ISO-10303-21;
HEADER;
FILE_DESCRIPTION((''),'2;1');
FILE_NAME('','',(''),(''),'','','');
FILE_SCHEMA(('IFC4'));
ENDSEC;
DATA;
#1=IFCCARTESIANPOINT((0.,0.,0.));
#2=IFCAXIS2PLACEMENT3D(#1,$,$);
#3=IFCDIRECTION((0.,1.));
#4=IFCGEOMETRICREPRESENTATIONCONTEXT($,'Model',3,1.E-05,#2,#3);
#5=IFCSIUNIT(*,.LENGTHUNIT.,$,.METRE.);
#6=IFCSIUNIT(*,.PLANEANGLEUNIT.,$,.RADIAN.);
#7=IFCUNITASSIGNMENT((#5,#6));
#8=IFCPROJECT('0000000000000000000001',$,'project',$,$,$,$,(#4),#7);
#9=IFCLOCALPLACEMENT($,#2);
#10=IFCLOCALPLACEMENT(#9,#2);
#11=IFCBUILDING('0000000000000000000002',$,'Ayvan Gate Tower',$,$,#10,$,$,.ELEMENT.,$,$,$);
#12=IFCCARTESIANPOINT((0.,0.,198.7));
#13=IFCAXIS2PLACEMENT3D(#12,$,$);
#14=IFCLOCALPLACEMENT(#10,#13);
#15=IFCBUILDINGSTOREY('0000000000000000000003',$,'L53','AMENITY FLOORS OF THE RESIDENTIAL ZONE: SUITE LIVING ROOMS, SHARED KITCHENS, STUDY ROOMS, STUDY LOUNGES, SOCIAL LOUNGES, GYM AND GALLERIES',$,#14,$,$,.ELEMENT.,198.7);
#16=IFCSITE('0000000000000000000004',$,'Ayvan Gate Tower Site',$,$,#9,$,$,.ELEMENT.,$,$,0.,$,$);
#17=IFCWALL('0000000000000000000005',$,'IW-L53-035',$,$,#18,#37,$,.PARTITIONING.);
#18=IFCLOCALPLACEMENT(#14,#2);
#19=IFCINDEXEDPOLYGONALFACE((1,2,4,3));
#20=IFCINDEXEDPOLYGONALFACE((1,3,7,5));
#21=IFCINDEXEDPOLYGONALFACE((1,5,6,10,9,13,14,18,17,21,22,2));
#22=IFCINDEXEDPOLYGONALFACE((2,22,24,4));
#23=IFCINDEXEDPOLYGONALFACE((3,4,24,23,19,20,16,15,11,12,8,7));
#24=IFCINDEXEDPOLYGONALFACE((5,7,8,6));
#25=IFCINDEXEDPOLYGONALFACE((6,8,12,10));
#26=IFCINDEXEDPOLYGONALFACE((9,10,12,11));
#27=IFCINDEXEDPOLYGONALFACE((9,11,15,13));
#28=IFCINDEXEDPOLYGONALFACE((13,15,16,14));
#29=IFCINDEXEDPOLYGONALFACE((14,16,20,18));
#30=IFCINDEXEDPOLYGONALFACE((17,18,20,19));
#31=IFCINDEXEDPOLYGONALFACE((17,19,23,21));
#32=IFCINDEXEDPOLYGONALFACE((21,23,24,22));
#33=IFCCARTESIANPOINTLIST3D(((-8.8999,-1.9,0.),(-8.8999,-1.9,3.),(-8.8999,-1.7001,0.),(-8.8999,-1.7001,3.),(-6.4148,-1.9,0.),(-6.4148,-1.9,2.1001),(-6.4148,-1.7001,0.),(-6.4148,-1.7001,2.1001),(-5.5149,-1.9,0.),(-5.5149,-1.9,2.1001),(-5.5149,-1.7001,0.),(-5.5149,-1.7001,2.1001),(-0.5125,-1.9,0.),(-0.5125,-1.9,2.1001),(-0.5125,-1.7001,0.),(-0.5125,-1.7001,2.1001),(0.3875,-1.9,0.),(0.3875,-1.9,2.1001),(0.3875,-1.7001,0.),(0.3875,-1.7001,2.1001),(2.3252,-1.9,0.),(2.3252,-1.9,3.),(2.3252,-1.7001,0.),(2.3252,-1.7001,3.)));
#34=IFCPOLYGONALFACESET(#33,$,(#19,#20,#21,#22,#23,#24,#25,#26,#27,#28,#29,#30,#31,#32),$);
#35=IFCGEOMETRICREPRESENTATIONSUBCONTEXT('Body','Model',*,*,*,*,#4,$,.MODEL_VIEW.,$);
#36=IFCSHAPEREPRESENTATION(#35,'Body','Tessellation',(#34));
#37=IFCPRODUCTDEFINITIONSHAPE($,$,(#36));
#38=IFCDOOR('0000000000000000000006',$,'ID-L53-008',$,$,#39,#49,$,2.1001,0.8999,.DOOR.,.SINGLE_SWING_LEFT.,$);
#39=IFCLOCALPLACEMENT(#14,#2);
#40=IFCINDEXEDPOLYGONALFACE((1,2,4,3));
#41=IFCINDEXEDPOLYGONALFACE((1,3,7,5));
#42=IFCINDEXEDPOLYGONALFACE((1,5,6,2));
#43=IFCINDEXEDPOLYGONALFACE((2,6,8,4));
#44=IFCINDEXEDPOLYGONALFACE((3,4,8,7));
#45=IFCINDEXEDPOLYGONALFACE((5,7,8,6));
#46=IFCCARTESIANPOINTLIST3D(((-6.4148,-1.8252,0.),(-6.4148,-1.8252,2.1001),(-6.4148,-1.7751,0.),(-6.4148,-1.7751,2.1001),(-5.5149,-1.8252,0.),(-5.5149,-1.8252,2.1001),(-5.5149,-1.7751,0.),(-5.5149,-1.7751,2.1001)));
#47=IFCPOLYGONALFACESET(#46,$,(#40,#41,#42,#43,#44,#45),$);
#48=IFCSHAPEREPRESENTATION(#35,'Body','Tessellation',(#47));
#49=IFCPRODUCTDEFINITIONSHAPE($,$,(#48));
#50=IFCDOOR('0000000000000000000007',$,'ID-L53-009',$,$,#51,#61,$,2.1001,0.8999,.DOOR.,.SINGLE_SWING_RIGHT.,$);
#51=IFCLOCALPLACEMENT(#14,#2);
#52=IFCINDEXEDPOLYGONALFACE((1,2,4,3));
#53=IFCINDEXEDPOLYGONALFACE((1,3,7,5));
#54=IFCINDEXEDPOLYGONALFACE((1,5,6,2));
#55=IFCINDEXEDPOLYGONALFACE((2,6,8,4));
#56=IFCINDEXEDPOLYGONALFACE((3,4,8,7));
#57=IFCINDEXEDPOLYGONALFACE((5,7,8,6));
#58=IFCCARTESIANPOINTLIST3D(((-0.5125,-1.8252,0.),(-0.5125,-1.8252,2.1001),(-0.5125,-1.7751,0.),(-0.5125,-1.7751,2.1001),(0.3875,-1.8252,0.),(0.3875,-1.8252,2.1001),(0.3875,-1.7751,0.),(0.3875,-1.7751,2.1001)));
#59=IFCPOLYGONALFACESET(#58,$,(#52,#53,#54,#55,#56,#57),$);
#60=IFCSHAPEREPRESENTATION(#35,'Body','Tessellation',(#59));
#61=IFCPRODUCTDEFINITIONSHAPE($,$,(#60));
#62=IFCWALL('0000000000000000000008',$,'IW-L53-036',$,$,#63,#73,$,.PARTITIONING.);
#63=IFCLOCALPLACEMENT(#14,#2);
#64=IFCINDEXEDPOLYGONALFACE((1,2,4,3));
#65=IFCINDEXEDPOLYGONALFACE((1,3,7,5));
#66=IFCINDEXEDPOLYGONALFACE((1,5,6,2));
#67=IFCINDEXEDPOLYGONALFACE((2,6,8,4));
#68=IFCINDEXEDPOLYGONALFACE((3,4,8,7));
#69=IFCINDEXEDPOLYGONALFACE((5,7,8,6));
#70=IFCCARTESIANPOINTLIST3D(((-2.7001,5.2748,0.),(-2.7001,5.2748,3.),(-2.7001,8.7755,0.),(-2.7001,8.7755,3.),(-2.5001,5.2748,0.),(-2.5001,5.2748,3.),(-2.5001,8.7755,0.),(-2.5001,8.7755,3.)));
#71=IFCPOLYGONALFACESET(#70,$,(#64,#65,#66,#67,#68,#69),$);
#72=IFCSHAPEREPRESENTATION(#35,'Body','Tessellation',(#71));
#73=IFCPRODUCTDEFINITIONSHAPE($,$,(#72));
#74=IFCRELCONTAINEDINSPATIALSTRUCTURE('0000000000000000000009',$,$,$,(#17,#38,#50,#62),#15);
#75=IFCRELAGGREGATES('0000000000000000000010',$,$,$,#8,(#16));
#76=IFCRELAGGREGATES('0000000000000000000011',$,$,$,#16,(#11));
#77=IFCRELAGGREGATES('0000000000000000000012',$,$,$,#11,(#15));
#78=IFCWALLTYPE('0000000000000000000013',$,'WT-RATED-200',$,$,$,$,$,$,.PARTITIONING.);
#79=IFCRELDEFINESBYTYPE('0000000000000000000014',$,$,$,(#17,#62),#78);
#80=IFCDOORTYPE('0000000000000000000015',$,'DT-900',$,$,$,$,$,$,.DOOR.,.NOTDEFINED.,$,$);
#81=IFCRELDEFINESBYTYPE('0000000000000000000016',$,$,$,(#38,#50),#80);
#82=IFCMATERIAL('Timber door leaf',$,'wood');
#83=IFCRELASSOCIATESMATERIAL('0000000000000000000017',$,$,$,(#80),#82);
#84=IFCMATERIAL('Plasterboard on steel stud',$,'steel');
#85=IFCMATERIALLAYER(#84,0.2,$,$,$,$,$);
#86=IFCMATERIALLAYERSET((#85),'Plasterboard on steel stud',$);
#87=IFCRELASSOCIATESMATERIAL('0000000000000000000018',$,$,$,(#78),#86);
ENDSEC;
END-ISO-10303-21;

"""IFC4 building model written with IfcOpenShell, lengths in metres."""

from ifc_helpers import new_model, si_unit, direction, frame, frame_2d, origin, place, context, subcontext, project, spatial, rectangle, extrude, material, layer, layer_set, type_object, element, fill, save


model = new_model("IFC4")

# Units and contexts
model_context = context("Model", 3, precision=1e-05, world=origin(), true_north=direction((0.0, 1.0)))
body_context = subcontext(model_context, "Body", "Model", "MODEL_VIEW")
ifc_project = project(units=[si_unit("LENGTHUNIT", "METRE"), si_unit("PLANEANGLEUNIT", "RADIAN")], contexts=[model_context])

# Site, building, storey
site_placement = place(None, origin())
site = spatial("IfcSite", under=ifc_project, at=site_placement, Name="Ayvan Gate Tower Site", CompositionType="ELEMENT", RefElevation=0.0)
building_placement = place(site_placement, origin())
building = spatial("IfcBuilding", under=site, at=building_placement, Name="Ayvan Gate Tower", CompositionType="ELEMENT")
storey_placement = place(building_placement, frame((0.0, 0.0, 198.7)))
storey = spatial("IfcBuildingStorey", under=building, at=storey_placement, Name="L53", Description="AMENITY FLOORS OF THE RESIDENTIAL ZONE: SUITE LIVING ROOMS, SHARED KITCHENS, STUDY ROOMS, STUDY LOUNGES, SOCIAL LOUNGES, GYM AND GALLERIES", CompositionType="ELEMENT", Elevation=198.7)

# Shared definitions
ifc_material_1 = material(Name="Timber door leaf", Category="wood")
door_type_1 = type_object("IfcDoorType", Name="DT-900", OperationType="NOTDEFINED", PredefinedType="DOOR", material=ifc_material_1)

# Shared definitions
ifc_material_2 = material(Name="Plasterboard on steel stud", Category="steel")

# Shared definitions
ifc_layer_1 = layer(ifc_material_2, 0.2)
ifc_layer_set_1 = layer_set([ifc_layer_1], Name="Plasterboard on steel stud")
wall_type_1 = type_object("IfcWallType", Name="WT-RATED-200", PredefinedType="PARTITIONING", material=ifc_layer_set_1)

# Wall, openings, doors
wall_1_placement = place(storey_placement, frame((-8.8999, -1.8, 0.0), z_axis=(0.0, 0.0, 1.0), x_axis=(1.0, 0.0, 0.0)))
wall_1 = element("IfcWall", 1, at=wall_1_placement, inside=storey, type_object=wall_type_1, Name="IW-L53-035", PredefinedType="PARTITIONING", context=body_context, shape_type="SweptSolid", body=[
    extrude(rectangle(XDim=11.2251, YDim=0.2, at=frame_2d((5.6125, 0.0))), origin(), (0.0, 0.0, 1.0), 3.0),
])
opening_1_placement = place(wall_1_placement, frame((2.4851, 0.0, 0.0)))
opening_1 = element("IfcOpeningElement", 2, at=opening_1_placement, cuts=wall_1, PredefinedType="OPENING", context=body_context, shape_type="SweptSolid", body=[
    extrude(rectangle(XDim=0.8999, YDim=2.1001, at=frame_2d((0.45, 1.05))), frame((0.0, 0.1099, 0.0), z_axis=(0.0, -1.0, 0.0), x_axis=(1.0, 0.0, 0.0)), (0.0, 0.0, 1.0), 0.22),
])
opening_2_placement = place(wall_1_placement, frame((8.3875, 0.0, 0.0)))
opening_2 = element("IfcOpeningElement", 3, at=opening_2_placement, cuts=wall_1, PredefinedType="OPENING", context=body_context, shape_type="SweptSolid", body=[
    extrude(rectangle(XDim=0.8999, YDim=2.1001, at=frame_2d((0.45, 1.05))), frame((0.0, 0.1099, 0.0), z_axis=(0.0, -1.0, 0.0), x_axis=(1.0, 0.0, 0.0)), (0.0, 0.0, 1.0), 0.22),
])
door_1_placement = place(opening_1_placement, origin())
door_1 = element("IfcDoor", 4, at=door_1_placement, inside=storey, type_object=door_type_1, Name="ID-L53-008", OperationType="SINGLE_SWING_LEFT", OverallHeight=2.1001, OverallWidth=0.8999, PredefinedType="DOOR", context=body_context, shape_type="SweptSolid", body=[
    extrude(rectangle(XDim=0.8999, YDim=2.1001, at=frame_2d((0.45, 1.05))), frame((0.0, 0.0249, 0.0), z_axis=(0.0, -1.0, 0.0), x_axis=(1.0, 0.0, 0.0)), (0.0, 0.0, 1.0), 0.05),
])
fill(opening_1, door_1)
door_2_placement = place(opening_2_placement, origin())
door_2 = element("IfcDoor", 5, at=door_2_placement, inside=storey, type_object=door_type_1, Name="ID-L53-009", OperationType="SINGLE_SWING_RIGHT", OverallHeight=2.1001, OverallWidth=0.8999, PredefinedType="DOOR", context=body_context, shape_type="SweptSolid", body=[
    extrude(rectangle(XDim=0.8999, YDim=2.1001, at=frame_2d((0.45, 1.05))), frame((0.0, 0.0249, 0.0), z_axis=(0.0, -1.0, 0.0), x_axis=(1.0, 0.0, 0.0)), (0.0, 0.0, 1.0), 0.05),
])
fill(opening_2, door_2)

# Wall
wall_2_placement = place(storey_placement, frame((-2.6001, 8.7756, 0.0), z_axis=(0.0, 0.0, 1.0), x_axis=(0.0, -1.0, 0.0)))
element("IfcWall", 6, at=wall_2_placement, inside=storey, type_object=wall_type_1, Name="IW-L53-036", PredefinedType="PARTITIONING", context=body_context, shape_type="SweptSolid", body=[
    extrude(rectangle(XDim=3.5007, YDim=0.2, at=frame_2d((1.7505, 0.0))), origin(), (0.0, 0.0, 1.0), 3.0),
])

save(model, "model.ifc")
